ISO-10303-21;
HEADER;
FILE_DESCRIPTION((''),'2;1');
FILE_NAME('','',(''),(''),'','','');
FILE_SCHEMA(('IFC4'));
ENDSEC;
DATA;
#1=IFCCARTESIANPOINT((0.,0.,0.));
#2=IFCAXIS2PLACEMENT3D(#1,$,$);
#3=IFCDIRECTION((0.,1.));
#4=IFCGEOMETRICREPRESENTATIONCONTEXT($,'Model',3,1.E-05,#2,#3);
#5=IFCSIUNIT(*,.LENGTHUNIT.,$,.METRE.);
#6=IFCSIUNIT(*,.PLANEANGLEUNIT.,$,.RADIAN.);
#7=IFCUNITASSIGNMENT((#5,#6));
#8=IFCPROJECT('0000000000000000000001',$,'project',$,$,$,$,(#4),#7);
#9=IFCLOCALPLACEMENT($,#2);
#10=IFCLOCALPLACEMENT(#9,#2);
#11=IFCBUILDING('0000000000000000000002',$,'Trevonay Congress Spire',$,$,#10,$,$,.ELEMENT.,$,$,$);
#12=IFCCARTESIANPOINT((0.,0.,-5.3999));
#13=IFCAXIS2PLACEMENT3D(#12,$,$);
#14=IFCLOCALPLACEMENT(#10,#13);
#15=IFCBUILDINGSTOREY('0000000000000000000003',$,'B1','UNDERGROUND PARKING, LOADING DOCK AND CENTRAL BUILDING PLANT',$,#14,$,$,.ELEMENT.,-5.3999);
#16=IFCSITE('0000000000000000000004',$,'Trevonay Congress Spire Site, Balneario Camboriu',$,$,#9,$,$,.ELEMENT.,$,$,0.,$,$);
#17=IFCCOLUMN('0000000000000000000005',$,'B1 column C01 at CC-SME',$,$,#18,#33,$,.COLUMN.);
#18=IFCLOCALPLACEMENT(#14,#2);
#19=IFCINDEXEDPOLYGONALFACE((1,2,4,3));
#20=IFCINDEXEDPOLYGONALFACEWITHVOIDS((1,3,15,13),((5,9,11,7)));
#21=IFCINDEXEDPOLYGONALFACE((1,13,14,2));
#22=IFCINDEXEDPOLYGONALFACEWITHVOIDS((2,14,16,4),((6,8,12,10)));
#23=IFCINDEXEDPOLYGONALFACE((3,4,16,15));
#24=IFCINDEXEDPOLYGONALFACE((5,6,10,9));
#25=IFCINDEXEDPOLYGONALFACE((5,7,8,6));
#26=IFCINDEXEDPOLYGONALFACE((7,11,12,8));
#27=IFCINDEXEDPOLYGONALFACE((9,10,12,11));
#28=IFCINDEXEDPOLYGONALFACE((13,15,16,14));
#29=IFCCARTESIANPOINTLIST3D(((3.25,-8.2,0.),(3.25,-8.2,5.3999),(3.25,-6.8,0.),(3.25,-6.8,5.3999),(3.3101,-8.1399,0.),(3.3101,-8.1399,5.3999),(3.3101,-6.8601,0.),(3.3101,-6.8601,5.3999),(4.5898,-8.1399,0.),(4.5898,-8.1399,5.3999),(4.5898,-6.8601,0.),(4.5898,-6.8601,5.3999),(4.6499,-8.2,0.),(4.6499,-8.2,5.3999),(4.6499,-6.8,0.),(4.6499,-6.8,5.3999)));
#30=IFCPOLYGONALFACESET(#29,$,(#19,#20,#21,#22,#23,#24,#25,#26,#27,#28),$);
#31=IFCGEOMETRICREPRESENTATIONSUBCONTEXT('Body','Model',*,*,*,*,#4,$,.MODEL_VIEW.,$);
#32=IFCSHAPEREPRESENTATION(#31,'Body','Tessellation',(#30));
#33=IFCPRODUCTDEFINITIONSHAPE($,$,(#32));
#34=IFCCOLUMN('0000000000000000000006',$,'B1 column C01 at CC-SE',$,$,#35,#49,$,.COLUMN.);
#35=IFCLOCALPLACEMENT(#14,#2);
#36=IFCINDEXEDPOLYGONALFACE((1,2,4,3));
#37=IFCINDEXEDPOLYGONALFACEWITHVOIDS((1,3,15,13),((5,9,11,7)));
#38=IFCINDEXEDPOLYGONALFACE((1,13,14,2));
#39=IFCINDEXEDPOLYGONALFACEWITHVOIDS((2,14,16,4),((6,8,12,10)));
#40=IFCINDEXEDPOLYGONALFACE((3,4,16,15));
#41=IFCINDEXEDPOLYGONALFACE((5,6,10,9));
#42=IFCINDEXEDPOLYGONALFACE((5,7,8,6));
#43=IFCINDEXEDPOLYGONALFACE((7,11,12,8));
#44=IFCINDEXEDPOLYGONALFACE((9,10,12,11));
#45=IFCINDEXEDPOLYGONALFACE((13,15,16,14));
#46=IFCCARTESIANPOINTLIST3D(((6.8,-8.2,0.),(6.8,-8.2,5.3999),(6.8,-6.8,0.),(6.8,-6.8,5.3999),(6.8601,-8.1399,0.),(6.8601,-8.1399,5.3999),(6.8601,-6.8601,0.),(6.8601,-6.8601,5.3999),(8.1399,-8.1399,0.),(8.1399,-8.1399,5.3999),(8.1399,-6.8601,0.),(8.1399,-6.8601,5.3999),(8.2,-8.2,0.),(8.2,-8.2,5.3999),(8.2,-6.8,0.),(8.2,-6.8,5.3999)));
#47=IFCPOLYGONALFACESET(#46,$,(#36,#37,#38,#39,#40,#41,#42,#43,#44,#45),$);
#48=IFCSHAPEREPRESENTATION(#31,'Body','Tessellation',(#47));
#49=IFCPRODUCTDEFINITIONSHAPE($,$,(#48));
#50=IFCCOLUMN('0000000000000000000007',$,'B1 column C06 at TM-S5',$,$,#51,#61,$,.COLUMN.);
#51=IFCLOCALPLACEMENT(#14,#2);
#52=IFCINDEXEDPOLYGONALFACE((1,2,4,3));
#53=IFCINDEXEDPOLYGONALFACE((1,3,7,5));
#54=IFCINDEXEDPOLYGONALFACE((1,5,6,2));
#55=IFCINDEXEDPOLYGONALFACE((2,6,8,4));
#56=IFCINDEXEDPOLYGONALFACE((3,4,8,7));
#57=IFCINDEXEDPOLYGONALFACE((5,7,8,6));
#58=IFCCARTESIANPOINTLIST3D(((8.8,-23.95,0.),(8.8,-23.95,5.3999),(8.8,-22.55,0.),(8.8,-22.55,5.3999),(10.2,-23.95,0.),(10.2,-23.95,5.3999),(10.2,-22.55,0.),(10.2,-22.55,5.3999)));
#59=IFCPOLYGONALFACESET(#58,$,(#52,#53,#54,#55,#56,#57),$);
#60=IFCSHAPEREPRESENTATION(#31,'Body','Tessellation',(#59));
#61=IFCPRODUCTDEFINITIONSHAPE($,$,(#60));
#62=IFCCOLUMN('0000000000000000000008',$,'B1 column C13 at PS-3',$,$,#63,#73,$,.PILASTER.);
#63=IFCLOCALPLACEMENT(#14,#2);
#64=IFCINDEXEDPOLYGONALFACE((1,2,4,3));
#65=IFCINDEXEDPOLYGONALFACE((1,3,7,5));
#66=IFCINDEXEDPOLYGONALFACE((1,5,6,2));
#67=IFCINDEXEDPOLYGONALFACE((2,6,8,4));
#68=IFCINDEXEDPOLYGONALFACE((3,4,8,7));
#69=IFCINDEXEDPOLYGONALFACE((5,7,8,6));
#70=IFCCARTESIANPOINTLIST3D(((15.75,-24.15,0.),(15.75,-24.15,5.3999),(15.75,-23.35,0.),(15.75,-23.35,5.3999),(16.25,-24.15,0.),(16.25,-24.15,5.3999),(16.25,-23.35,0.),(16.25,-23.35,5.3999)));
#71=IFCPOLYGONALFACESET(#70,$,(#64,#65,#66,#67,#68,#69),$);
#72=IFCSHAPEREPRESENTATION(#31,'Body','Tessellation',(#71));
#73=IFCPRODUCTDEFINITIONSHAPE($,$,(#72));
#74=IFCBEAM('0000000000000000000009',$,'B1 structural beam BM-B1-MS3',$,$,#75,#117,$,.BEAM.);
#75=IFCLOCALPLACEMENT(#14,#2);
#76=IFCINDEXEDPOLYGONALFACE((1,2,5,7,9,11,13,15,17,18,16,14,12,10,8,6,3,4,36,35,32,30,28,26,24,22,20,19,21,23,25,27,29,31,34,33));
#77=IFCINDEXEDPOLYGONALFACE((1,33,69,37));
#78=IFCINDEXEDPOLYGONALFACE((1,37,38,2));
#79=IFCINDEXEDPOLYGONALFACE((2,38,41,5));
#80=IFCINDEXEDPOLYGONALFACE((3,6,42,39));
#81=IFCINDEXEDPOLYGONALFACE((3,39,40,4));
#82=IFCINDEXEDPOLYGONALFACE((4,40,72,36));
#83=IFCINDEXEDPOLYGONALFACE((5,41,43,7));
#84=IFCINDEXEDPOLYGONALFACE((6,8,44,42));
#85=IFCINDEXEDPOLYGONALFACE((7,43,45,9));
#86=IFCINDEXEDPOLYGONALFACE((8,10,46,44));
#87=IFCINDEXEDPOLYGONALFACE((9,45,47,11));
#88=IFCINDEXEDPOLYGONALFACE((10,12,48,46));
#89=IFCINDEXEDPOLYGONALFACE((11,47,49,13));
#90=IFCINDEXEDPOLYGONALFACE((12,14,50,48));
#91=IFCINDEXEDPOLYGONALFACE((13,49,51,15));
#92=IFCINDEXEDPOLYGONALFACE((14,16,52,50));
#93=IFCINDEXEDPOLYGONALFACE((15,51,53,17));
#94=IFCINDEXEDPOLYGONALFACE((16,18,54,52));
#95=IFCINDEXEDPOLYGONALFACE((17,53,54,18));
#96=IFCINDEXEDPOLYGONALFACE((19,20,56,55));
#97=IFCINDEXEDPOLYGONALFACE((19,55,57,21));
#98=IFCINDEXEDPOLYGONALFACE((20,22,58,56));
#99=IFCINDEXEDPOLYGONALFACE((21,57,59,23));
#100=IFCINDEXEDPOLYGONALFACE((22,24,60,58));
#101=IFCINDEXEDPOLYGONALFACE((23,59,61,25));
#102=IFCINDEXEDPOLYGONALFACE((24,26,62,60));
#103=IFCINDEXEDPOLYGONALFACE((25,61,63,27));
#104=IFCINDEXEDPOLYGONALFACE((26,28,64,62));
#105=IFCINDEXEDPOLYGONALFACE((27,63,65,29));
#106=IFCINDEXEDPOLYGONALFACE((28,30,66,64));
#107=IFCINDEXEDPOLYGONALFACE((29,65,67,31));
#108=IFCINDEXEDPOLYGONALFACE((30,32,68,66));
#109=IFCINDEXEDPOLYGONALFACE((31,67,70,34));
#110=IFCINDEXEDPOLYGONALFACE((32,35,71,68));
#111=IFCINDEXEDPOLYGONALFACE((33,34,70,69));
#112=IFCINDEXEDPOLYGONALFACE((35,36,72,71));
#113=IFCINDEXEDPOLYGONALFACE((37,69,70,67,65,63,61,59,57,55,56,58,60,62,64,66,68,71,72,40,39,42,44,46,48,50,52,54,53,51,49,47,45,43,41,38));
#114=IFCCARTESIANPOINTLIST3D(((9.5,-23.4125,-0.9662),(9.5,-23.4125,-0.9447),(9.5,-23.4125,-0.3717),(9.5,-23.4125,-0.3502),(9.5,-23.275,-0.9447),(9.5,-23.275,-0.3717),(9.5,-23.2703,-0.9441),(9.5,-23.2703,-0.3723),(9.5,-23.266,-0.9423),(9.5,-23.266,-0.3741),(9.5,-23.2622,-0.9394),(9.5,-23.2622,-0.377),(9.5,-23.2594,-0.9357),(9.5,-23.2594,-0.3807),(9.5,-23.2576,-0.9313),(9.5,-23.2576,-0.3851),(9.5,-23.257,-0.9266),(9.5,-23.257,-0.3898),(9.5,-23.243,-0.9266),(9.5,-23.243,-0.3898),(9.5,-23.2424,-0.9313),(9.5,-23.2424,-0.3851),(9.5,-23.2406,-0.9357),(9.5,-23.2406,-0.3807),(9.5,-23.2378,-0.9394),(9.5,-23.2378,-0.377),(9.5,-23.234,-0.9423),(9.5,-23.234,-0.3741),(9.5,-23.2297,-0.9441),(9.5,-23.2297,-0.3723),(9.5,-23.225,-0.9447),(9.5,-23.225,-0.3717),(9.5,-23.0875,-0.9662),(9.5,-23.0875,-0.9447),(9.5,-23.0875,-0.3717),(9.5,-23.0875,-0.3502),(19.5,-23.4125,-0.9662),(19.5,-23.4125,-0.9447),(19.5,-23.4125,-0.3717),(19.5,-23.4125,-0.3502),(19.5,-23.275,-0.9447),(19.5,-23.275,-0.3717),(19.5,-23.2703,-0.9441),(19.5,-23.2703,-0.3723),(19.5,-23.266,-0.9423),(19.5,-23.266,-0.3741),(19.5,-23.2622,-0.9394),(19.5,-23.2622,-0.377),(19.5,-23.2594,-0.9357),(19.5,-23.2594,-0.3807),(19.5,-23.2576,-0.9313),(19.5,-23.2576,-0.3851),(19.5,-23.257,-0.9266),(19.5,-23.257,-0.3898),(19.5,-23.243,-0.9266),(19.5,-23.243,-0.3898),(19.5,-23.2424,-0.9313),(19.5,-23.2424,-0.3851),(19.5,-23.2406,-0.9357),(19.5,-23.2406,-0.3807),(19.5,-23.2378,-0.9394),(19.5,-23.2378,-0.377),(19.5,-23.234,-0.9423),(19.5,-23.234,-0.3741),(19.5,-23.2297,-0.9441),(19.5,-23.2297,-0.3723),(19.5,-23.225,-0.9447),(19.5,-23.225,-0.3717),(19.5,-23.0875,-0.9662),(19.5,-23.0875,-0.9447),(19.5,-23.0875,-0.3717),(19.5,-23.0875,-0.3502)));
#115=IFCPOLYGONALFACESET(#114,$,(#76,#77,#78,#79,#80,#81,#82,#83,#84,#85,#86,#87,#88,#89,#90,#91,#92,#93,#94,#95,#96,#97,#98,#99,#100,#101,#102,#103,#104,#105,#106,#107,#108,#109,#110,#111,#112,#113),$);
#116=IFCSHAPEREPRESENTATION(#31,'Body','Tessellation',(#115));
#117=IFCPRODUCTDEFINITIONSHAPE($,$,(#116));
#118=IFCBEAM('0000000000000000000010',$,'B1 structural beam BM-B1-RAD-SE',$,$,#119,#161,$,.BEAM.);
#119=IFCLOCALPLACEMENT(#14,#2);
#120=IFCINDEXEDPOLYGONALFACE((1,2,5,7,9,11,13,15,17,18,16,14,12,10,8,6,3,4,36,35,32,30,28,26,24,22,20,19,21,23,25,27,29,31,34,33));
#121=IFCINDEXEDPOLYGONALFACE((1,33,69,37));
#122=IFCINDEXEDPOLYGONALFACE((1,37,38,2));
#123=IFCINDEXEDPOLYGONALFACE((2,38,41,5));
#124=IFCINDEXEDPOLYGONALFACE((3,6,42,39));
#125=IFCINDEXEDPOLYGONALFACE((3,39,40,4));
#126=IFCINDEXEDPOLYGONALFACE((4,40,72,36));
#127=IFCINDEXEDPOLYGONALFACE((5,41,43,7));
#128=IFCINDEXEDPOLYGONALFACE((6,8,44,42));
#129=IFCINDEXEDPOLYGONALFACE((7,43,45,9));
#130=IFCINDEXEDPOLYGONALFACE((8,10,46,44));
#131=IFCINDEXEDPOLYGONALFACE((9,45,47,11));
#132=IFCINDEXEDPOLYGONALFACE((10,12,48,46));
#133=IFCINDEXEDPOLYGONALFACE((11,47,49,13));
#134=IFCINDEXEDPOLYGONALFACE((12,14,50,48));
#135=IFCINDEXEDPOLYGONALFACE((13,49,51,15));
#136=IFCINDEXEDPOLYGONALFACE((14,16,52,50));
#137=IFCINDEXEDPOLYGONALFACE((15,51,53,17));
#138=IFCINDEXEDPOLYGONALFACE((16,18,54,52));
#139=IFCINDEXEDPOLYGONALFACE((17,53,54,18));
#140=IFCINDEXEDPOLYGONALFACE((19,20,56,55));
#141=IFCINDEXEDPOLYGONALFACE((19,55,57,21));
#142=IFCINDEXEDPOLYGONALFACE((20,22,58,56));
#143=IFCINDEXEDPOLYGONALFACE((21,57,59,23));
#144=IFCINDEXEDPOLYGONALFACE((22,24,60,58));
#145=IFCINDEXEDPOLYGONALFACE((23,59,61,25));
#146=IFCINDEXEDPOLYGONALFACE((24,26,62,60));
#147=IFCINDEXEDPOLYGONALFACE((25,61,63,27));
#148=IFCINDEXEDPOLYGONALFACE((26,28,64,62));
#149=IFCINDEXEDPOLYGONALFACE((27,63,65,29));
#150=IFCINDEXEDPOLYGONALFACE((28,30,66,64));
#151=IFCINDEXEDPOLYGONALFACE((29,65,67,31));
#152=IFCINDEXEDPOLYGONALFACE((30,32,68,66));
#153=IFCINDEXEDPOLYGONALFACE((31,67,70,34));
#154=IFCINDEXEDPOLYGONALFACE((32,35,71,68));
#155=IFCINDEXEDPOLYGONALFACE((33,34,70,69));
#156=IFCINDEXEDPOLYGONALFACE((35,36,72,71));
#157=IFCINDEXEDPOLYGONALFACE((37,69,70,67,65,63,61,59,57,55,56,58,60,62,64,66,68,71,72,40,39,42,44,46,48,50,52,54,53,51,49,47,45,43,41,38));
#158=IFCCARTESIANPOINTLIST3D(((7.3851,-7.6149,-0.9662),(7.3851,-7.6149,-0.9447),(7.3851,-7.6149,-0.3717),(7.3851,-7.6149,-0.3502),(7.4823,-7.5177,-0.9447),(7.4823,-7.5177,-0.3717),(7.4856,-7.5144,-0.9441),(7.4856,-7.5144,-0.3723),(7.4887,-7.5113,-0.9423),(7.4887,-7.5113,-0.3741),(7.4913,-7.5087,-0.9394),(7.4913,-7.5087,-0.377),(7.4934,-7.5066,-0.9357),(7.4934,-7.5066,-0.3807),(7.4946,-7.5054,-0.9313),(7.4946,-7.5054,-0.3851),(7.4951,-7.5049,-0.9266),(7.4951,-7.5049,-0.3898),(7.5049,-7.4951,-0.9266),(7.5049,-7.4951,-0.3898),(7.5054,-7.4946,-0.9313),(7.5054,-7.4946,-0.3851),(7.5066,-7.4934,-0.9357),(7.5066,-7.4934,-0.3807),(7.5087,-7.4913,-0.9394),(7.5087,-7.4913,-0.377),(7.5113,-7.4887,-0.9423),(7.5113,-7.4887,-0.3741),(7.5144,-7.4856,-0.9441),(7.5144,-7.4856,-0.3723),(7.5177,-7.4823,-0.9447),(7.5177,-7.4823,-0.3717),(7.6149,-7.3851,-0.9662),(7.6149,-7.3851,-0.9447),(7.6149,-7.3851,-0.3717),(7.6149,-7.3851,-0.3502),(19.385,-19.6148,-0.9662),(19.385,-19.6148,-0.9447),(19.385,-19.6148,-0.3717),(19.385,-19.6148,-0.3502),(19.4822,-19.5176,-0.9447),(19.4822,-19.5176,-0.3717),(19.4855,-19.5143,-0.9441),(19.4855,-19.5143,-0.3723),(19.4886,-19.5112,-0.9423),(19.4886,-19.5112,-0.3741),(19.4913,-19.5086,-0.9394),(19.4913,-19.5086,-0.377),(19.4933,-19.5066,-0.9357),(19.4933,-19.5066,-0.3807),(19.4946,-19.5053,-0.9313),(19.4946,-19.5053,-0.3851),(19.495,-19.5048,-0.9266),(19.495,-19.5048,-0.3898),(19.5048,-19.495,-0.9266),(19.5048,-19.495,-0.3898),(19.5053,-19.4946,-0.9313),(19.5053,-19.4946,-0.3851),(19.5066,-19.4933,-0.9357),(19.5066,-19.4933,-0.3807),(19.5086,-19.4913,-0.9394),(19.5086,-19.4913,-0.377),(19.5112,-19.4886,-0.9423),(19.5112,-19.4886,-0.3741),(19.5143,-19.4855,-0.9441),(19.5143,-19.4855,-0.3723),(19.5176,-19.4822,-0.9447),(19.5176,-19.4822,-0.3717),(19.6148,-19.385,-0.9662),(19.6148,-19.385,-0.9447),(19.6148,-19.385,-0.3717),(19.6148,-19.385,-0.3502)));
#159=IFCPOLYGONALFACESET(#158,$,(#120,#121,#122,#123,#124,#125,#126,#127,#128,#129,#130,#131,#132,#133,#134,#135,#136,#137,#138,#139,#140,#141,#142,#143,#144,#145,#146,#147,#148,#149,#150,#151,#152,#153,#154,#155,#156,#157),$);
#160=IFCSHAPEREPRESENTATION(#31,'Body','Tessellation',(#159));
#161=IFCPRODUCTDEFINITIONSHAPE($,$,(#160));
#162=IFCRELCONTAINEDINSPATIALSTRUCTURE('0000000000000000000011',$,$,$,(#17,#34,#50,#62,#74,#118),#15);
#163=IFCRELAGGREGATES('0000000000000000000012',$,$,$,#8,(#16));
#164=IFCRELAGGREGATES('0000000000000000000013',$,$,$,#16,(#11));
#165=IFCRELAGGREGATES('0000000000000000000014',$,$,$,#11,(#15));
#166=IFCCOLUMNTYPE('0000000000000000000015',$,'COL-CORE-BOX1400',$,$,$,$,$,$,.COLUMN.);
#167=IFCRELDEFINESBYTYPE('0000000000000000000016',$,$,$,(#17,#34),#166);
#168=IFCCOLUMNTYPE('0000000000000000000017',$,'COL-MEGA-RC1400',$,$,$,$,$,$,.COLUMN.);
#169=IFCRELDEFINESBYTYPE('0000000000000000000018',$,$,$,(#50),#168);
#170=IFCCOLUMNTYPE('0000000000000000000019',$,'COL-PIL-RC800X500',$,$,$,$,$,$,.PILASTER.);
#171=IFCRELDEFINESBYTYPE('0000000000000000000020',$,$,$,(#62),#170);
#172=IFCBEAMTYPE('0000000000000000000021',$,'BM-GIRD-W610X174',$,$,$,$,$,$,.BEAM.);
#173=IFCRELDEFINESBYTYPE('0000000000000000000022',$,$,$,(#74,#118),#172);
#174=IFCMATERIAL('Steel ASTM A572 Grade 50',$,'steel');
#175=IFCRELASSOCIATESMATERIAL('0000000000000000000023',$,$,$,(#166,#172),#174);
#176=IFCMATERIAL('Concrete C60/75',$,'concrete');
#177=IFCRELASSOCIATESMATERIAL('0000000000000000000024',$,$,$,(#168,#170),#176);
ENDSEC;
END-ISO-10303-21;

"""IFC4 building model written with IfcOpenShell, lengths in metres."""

from ifc_helpers import new_model, si_unit, direction, frame, origin, origin_2d, place, context, subcontext, project, spatial, rectangle, hollow_rectangle, i_section, extrude, material, material_profile, profile_set, type_object, element, save


model = new_model("IFC4")

# Units and contexts
model_context = context("Model", 3, precision=1e-05, world=origin(), true_north=direction((0.0, 1.0)))
body_context = subcontext(model_context, "Body", "Model", "MODEL_VIEW")
ifc_project = project(units=[si_unit("LENGTHUNIT", "METRE"), si_unit("PLANEANGLEUNIT", "RADIAN")], contexts=[model_context])

# Site, building, storey
site_placement = place(None, origin())
site = spatial("IfcSite", under=ifc_project, at=site_placement, Name="Trevonay Congress Spire Site, Balneario Camboriu", CompositionType="ELEMENT", RefElevation=0.0)
building_placement = place(site_placement, origin())
building = spatial("IfcBuilding", under=site, at=building_placement, Name="Trevonay Congress Spire", CompositionType="ELEMENT")
storey_placement = place(building_placement, frame((0.0, 0.0, -5.3999)))
storey = spatial("IfcBuildingStorey", under=building, at=storey_placement, Name="B1", Description="UNDERGROUND PARKING, LOADING DOCK AND CENTRAL BUILDING PLANT", CompositionType="ELEMENT", Elevation=-5.3999)

# Columns
ifc_material_1 = material(Name="Steel ASTM A572 Grade 50", Category="steel")
ifc_material_profile_1 = material_profile(ifc_material_1, hollow_rectangle(XDim=1.3999, YDim=1.3999, WallThickness=0.0601, at=origin_2d()), Name="BOX 1400x1400x60")
ifc_profile_set_1 = profile_set([ifc_material_profile_1], Name="Steel ASTM A572 Grade 50")
column_type_1 = type_object("IfcColumnType", Name="COL-CORE-BOX1400", PredefinedType="COLUMN", material=ifc_profile_set_1)
for number, where, z_axis, x_axis, name in (
    (1, (3.95, -7.5, 0.0), (0.0, 0.0, 1.0), (1.0, 0.0, 0.0), "B1 column C01 at CC-SME"),
    (2, (7.5, -7.5, 0.0), (0.0, 0.0, 1.0), (1.0, 0.0, 0.0), "B1 column C01 at CC-SE"),
):
    element("IfcColumn", number, at=place(storey_placement, frame(where, z_axis=z_axis, x_axis=x_axis)), inside=storey, type_object=column_type_1, Name=name, PredefinedType="COLUMN", context=body_context, shape_type="SweptSolid", body=[
        extrude(hollow_rectangle(XDim=1.3999, YDim=1.3999, WallThickness=0.0601, at=origin_2d()), origin(), (0.0, 0.0, 1.0), 5.3999),
    ])
ifc_material_2 = material(Name="Concrete C60/75", Category="concrete")
ifc_material_profile_2 = material_profile(ifc_material_2, rectangle(XDim=1.3999, YDim=1.3999, at=origin_2d()), Name="RC 1400x1400")
ifc_profile_set_2 = profile_set([ifc_material_profile_2], Name="Concrete C60/75")
column_type_2 = type_object("IfcColumnType", Name="COL-MEGA-RC1400", PredefinedType="COLUMN", material=ifc_profile_set_2)
column_1_placement = place(storey_placement, frame((9.5, -23.25, 0.0), z_axis=(0.0, 0.0, 1.0), x_axis=(1.0, 0.0, 0.0)))
element("IfcColumn", 3, at=column_1_placement, inside=storey, type_object=column_type_2, Name="B1 column C06 at TM-S5", PredefinedType="COLUMN", context=body_context, shape_type="SweptSolid", body=[
    extrude(rectangle(XDim=1.3999, YDim=1.3999, at=origin_2d()), origin(), (0.0, 0.0, 1.0), 5.3999),
])
ifc_material_profile_3 = material_profile(ifc_material_2, rectangle(XDim=0.5, YDim=0.8, at=origin_2d()), Name="RC 800x500")
ifc_profile_set_3 = profile_set([ifc_material_profile_3], Name="Concrete C60/75")
column_type_3 = type_object("IfcColumnType", Name="COL-PIL-RC800X500", PredefinedType="PILASTER", material=ifc_profile_set_3)
column_2_placement = place(storey_placement, frame((16.0, -23.75, 0.0), z_axis=(0.0, 0.0, 1.0), x_axis=(1.0, 0.0, 0.0)))
element("IfcColumn", 4, at=column_2_placement, inside=storey, type_object=column_type_3, Name="B1 column C13 at PS-3", PredefinedType="PILASTER", context=body_context, shape_type="SweptSolid", body=[
    extrude(rectangle(XDim=0.5, YDim=0.8, at=origin_2d()), origin(), (0.0, 0.0, 1.0), 5.3999),
])

# Beams
ifc_material_profile_4 = material_profile(ifc_material_1, i_section(OverallWidth=0.325, OverallDepth=0.616, WebThickness=0.0139, FlangeThickness=0.0215, FilletRadius=0.0181, at=origin_2d()), Name="W610x174")
ifc_profile_set_4 = profile_set([ifc_material_profile_4], Name="Steel ASTM A572 Grade 50")
beam_type_1 = type_object("IfcBeamType", Name="BM-GIRD-W610X174", PredefinedType="BEAM", material=ifc_profile_set_4)
beam_1_placement = place(storey_placement, frame((9.5, -23.25, -0.6582), z_axis=(1.0, 0.0, 0.0), x_axis=(0.0, 1.0, 0.0)))
element("IfcBeam", 5, at=beam_1_placement, inside=storey, type_object=beam_type_1, Name="B1 structural beam BM-B1-MS3", PredefinedType="BEAM", context=body_context, shape_type="SweptSolid", body=[
    extrude(i_section(OverallWidth=0.325, OverallDepth=0.616, WebThickness=0.0139, FlangeThickness=0.0215, FilletRadius=0.0181, at=origin_2d()), origin(), (0.0, 0.0, 1.0), 10.0),
])
beam_2_placement = place(storey_placement, frame((7.5, -7.5, -0.6582), z_axis=(0.707107, -0.707107, 0.0), x_axis=(0.707107, 0.707107, 0.0)))
element("IfcBeam", 6, at=beam_2_placement, inside=storey, type_object=beam_type_1, Name="B1 structural beam BM-B1-RAD-SE", PredefinedType="BEAM", context=body_context, shape_type="SweptSolid", body=[
    extrude(i_section(OverallWidth=0.325, OverallDepth=0.616, WebThickness=0.0139, FlangeThickness=0.0215, FilletRadius=0.0181, at=origin_2d()), origin(), (0.0, 0.0, 1.0), 16.9705),
])

save(model, "model.ifc")
